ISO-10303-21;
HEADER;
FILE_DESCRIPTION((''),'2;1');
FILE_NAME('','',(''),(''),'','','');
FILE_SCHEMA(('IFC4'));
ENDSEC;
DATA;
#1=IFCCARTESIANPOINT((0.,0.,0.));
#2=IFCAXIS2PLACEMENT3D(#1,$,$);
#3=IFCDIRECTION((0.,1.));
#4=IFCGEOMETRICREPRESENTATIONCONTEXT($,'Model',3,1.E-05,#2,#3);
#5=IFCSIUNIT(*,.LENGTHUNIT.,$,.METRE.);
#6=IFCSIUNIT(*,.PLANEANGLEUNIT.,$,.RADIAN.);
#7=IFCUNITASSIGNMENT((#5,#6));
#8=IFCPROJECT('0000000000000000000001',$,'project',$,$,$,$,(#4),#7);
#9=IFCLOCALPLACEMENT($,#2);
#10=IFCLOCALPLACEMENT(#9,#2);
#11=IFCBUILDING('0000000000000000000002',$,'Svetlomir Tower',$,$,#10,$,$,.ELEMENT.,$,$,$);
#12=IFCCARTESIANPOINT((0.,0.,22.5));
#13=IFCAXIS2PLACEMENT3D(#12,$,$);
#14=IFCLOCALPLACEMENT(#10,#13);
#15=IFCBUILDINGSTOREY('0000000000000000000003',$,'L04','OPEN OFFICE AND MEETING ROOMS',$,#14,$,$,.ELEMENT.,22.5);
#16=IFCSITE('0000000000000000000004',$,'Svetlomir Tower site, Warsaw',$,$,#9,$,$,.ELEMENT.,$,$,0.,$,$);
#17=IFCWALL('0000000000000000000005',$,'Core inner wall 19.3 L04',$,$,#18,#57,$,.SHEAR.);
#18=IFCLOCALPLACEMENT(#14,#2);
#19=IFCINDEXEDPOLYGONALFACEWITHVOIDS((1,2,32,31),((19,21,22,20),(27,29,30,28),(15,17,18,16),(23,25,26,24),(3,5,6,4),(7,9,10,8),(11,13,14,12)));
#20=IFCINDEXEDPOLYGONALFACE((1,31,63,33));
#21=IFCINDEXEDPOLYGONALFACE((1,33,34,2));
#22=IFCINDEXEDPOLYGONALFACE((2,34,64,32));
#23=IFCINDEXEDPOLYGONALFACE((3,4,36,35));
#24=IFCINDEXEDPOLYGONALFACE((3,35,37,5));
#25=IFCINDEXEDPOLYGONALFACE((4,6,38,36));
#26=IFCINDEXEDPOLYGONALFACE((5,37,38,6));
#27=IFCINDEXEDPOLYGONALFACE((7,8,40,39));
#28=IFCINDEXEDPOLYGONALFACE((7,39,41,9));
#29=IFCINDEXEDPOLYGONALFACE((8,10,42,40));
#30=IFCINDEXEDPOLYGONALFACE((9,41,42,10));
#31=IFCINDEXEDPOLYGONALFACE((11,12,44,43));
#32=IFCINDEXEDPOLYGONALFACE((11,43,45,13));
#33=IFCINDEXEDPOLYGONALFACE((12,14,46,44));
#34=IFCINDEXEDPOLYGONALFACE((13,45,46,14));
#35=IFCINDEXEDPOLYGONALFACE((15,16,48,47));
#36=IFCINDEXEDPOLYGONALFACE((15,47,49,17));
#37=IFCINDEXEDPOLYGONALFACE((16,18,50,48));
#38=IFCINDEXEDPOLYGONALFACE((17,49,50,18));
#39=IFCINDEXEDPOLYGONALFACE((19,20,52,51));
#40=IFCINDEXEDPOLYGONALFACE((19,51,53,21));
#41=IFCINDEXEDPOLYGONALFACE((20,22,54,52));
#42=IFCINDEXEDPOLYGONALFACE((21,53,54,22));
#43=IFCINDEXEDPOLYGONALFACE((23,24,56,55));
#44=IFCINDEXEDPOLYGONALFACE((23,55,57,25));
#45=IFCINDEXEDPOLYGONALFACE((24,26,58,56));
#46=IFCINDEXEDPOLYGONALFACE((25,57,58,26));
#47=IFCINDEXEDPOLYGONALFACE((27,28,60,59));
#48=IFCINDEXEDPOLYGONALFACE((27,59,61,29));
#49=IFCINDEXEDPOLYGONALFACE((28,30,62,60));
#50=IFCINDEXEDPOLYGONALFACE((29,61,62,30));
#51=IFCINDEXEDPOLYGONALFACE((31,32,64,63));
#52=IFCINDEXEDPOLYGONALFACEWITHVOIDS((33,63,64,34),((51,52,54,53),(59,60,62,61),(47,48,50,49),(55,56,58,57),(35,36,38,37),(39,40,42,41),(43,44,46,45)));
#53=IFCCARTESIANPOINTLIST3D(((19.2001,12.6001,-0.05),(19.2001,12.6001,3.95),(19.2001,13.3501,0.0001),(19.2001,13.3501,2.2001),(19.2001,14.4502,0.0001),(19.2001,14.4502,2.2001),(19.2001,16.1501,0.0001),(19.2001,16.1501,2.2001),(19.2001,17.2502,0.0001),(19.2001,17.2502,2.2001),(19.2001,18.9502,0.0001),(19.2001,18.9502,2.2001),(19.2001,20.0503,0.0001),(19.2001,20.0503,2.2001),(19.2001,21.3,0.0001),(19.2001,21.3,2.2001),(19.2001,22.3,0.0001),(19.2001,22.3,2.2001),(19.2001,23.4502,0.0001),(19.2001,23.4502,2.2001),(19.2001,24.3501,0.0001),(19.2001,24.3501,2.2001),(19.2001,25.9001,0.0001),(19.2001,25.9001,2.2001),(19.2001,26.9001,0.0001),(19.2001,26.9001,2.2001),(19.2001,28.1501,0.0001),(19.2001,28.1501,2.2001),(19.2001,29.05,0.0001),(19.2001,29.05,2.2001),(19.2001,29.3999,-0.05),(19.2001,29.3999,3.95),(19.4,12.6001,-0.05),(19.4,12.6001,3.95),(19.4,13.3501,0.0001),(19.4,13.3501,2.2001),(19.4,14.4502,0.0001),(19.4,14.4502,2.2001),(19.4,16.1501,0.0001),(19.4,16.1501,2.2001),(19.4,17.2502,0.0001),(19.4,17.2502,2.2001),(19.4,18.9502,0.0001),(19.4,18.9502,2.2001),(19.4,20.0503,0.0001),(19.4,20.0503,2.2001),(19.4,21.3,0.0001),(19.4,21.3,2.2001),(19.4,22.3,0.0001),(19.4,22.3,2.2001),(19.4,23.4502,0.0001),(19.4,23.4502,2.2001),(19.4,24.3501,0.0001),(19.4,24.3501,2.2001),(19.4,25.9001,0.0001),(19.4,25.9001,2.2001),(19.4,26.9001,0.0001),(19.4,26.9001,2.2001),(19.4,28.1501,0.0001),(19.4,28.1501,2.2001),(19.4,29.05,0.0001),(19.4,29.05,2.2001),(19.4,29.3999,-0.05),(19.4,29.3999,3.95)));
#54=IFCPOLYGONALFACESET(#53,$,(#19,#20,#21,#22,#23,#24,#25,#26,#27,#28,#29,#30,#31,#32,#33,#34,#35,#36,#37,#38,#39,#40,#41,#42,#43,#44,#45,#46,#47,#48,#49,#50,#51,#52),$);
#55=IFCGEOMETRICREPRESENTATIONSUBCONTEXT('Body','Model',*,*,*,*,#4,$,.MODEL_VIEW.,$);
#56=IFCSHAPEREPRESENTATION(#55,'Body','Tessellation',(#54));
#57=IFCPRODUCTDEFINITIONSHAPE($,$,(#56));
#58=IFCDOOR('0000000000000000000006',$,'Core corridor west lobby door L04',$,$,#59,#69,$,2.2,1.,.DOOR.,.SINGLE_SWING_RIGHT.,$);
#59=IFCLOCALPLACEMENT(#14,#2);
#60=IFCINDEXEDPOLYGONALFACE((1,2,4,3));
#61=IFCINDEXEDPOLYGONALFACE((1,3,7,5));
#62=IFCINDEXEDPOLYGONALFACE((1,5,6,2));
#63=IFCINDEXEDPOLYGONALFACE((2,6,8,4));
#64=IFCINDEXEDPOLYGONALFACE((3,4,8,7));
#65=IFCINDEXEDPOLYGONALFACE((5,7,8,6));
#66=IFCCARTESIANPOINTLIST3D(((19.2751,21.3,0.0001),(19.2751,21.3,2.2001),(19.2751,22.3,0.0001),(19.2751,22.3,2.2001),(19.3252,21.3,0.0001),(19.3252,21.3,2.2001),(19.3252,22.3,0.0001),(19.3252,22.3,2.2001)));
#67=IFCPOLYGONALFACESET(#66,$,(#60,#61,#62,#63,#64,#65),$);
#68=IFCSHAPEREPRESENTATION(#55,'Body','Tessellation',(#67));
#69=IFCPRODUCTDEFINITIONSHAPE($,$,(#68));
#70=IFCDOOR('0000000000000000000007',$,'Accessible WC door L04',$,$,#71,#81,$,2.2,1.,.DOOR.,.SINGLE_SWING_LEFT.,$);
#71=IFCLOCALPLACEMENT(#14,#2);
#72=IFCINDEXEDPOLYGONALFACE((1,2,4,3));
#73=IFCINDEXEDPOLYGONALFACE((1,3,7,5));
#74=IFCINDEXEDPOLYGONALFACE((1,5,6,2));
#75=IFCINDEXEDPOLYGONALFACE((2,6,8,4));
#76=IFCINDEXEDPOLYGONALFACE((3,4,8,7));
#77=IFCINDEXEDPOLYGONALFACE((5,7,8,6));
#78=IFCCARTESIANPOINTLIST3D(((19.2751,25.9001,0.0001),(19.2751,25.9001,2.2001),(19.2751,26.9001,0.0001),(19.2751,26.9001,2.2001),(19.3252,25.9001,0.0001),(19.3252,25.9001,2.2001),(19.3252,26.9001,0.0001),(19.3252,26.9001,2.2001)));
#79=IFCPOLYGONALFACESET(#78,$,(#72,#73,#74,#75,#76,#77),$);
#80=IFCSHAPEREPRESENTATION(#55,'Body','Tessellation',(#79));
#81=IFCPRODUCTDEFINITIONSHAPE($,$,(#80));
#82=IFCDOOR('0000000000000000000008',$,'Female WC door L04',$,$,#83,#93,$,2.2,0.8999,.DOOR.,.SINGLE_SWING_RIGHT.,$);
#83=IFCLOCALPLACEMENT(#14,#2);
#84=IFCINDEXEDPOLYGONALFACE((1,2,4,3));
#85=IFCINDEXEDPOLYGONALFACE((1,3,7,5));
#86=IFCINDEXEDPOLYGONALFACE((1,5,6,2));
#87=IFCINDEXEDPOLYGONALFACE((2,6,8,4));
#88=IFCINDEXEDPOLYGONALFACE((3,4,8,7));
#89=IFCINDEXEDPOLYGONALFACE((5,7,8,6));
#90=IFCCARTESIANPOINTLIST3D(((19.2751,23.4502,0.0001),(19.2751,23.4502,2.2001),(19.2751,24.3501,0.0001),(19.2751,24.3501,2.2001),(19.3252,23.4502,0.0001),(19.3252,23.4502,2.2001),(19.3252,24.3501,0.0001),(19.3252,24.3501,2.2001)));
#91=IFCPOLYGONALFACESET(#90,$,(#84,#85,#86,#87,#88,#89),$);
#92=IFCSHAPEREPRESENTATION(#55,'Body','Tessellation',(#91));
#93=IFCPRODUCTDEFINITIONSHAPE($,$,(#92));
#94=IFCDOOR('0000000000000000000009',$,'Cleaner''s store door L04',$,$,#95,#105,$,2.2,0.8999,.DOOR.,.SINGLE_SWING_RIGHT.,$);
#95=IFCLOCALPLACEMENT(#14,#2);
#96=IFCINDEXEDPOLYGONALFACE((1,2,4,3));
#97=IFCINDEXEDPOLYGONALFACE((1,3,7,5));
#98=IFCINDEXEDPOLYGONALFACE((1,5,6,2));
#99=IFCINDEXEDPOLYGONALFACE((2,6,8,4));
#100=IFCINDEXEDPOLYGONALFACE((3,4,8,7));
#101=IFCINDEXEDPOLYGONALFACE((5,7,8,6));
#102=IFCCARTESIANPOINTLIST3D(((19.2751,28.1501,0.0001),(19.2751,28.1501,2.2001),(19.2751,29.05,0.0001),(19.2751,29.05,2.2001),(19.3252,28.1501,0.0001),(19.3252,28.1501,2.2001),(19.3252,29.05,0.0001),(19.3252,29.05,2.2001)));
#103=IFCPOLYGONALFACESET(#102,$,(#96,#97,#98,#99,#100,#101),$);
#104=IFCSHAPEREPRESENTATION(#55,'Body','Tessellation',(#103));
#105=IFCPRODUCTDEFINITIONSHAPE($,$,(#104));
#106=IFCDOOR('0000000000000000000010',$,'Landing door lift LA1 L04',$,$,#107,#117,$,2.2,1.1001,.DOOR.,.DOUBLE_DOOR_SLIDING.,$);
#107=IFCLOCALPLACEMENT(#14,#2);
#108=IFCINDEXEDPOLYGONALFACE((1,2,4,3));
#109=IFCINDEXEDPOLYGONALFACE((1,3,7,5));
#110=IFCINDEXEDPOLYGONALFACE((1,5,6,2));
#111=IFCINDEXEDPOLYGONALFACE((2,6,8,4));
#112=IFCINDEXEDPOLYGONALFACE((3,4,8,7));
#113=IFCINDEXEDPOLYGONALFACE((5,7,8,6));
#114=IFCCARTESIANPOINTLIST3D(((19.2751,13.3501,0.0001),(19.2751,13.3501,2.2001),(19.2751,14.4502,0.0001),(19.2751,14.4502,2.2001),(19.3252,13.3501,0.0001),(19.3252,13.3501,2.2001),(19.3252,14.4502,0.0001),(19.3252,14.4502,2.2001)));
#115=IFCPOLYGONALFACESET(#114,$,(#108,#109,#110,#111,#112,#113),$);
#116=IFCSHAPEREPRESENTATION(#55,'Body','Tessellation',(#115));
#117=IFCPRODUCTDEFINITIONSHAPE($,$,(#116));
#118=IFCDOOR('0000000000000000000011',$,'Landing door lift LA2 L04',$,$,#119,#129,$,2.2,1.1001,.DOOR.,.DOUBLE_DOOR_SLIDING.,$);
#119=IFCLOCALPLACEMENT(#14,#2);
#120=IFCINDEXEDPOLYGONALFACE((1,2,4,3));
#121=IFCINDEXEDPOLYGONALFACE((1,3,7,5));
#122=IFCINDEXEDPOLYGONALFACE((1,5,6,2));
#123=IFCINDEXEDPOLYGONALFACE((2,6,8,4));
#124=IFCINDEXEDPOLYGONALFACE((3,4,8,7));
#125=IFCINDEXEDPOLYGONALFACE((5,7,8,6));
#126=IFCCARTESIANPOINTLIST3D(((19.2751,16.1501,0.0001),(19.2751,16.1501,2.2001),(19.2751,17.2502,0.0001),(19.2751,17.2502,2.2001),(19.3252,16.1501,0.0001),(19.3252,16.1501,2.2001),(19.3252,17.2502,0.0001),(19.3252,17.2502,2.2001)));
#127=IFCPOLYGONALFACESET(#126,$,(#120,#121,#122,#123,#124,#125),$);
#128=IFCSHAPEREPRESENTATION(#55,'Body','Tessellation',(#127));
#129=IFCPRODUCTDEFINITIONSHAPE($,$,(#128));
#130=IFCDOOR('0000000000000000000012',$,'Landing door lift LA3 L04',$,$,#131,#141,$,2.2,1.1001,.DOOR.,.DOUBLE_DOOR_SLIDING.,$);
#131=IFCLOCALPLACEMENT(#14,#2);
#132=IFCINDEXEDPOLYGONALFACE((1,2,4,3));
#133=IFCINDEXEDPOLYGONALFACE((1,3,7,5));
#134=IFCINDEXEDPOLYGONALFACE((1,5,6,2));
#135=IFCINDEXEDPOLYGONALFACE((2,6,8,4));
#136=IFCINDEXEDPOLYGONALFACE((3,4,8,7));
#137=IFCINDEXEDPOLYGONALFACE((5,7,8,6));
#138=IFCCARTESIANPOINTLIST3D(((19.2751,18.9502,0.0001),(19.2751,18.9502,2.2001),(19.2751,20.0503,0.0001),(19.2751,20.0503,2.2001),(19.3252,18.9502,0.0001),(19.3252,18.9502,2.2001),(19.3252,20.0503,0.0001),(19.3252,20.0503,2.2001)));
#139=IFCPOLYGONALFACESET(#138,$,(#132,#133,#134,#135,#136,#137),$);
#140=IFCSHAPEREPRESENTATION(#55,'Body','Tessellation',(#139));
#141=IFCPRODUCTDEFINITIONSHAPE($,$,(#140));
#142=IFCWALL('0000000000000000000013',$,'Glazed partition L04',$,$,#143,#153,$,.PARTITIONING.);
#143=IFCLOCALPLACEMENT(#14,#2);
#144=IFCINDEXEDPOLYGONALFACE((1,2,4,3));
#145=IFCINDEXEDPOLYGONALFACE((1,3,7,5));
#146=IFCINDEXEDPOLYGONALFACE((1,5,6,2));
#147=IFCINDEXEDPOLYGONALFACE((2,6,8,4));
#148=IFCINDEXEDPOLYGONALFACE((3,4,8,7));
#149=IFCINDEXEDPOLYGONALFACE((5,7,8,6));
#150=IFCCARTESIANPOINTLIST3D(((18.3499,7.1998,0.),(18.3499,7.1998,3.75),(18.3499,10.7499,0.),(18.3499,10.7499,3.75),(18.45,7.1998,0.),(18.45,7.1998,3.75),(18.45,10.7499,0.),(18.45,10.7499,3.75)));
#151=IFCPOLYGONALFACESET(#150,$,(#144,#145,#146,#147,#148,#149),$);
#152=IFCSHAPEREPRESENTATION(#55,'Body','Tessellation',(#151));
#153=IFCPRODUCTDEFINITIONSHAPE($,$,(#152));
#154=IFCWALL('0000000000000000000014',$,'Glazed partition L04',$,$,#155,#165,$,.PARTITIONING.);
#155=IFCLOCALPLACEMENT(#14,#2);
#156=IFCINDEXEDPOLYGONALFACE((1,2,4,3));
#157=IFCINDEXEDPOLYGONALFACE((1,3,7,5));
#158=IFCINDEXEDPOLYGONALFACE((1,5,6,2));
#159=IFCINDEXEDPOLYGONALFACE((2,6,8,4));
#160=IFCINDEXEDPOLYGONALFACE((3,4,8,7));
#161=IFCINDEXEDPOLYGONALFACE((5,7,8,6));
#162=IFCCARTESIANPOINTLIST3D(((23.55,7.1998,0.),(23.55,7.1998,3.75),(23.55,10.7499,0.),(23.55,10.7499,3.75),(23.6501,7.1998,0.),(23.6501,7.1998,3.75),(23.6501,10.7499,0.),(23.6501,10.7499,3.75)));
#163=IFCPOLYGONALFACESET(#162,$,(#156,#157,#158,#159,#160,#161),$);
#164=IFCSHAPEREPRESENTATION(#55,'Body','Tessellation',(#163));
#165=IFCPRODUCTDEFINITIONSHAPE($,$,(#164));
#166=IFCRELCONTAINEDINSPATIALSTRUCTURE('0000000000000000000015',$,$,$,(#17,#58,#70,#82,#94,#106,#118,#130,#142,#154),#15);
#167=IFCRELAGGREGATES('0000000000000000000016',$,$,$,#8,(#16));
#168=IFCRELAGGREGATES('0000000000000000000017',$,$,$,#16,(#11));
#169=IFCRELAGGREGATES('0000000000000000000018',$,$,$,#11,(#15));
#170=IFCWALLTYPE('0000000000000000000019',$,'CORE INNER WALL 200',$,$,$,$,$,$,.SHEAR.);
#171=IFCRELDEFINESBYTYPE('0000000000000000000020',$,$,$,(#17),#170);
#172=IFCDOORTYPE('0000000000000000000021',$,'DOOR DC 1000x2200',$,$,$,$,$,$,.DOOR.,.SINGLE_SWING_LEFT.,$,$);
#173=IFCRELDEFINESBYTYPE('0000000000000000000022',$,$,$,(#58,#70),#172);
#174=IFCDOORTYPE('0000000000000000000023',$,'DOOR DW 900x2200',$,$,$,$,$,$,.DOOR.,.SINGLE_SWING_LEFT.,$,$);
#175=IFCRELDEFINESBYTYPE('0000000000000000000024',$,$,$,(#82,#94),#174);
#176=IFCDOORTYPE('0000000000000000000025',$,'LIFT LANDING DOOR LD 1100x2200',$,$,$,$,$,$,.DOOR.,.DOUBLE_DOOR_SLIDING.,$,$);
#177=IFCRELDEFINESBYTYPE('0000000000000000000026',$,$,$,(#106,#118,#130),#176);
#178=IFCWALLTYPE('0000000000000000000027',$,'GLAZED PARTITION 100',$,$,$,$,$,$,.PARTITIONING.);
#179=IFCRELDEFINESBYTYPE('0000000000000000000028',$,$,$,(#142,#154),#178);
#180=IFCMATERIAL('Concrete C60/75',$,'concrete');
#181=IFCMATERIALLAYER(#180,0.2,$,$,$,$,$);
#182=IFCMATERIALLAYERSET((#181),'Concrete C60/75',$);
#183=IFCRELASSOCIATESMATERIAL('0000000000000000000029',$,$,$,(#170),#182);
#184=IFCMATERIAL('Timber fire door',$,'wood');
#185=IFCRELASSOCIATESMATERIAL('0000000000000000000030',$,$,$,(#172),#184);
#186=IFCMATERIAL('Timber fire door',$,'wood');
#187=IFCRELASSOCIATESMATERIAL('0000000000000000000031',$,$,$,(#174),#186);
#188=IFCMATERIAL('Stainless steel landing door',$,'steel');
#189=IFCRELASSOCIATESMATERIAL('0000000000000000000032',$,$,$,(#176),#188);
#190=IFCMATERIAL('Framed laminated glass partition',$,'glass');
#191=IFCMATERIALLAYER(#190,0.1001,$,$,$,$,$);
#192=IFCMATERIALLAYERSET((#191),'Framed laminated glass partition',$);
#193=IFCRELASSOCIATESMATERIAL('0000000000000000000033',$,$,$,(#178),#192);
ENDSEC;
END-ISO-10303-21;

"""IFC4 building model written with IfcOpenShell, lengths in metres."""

from ifc_helpers import new_model, si_unit, direction, frame, frame_2d, origin, place, context, subcontext, project, spatial, rectangle, extrude, material, layer, layer_set, type_object, element, fill, save


model = new_model("IFC4")

# Units and contexts
model_context = context("Model", 3, precision=1e-05, world=origin(), true_north=direction((0.0, 1.0)))
body_context = subcontext(model_context, "Body", "Model", "MODEL_VIEW")
ifc_project = project(units=[si_unit("LENGTHUNIT", "METRE"), si_unit("PLANEANGLEUNIT", "RADIAN")], contexts=[model_context])

# Site, building, storey
site_placement = place(None, origin())
site = spatial("IfcSite", under=ifc_project, at=site_placement, Name="Svetlomir Tower site, Warsaw", CompositionType="ELEMENT", RefElevation=0.0)
building_placement = place(site_placement, origin())
building = spatial("IfcBuilding", under=site, at=building_placement, Name="Svetlomir Tower", CompositionType="ELEMENT")
storey_placement = place(building_placement, frame((0.0, 0.0, 22.5)))
storey = spatial("IfcBuildingStorey", under=building, at=storey_placement, Name="L04", Description="OPEN OFFICE AND MEETING ROOMS", CompositionType="ELEMENT", Elevation=22.5)

# Shared definitions
ifc_material_1 = material(Name="Concrete C60/75", Category="concrete")
ifc_layer_1 = layer(ifc_material_1, 0.2)
ifc_layer_set_1 = layer_set([ifc_layer_1], Name="Concrete C60/75")
wall_type_1 = type_object("IfcWallType", Name="CORE INNER WALL 200", PredefinedType="SHEAR", material=ifc_layer_set_1)

# Wall, openings, doors
wall_1_placement = place(storey_placement, frame((19.3, 12.6001, -0.05), z_axis=(0.0, 0.0, 1.0), x_axis=(0.0, 1.0, 0.0)))
wall_1 = element("IfcWall", 1, at=wall_1_placement, inside=storey, type_object=wall_type_1, Name="Core inner wall 19.3 L04", PredefinedType="SHEAR", context=body_context, shape_type="SweptSolid", body=[
    extrude(rectangle(XDim=16.7998, YDim=0.2, at=frame_2d((8.3999, 0.0))), origin(), (0.0, 0.0, 1.0), 4.0),
])
opening_1_placement = place(wall_1_placement, frame((8.7, 0.0, 0.05)))
opening_1 = element("IfcOpeningElement", 2, at=opening_1_placement, cuts=wall_1, PredefinedType="OPENING", context=body_context, shape_type="SweptSolid", body=[
    extrude(rectangle(XDim=1.0, YDim=2.2, at=frame_2d((0.5, 1.1001))), frame((0.0, 0.1099, 0.0), z_axis=(0.0, -1.0, 0.0), x_axis=(1.0, 0.0, 0.0)), (0.0, 0.0, 1.0), 0.22),
])
opening_2_placement = place(wall_1_placement, frame((10.8501, 0.0, 0.05)))
opening_2 = element("IfcOpeningElement", 3, at=opening_2_placement, cuts=wall_1, PredefinedType="OPENING", context=body_context, shape_type="SweptSolid", body=[
    extrude(rectangle(XDim=0.8999, YDim=2.2, at=frame_2d((0.45, 1.1001))), frame((0.0, 0.1099, 0.0), z_axis=(0.0, -1.0, 0.0), x_axis=(1.0, 0.0, 0.0)), (0.0, 0.0, 1.0), 0.22),
])
opening_3_placement = place(wall_1_placement, frame((13.3, 0.0, 0.05)))
opening_3 = element("IfcOpeningElement", 4, at=opening_3_placement, cuts=wall_1, PredefinedType="OPENING", context=body_context, shape_type="SweptSolid", body=[
    extrude(rectangle(XDim=1.0, YDim=2.2, at=frame_2d((0.5, 1.1001))), frame((0.0, 0.1099, 0.0), z_axis=(0.0, -1.0, 0.0), x_axis=(1.0, 0.0, 0.0)), (0.0, 0.0, 1.0), 0.22),
])
opening_4_placement = place(wall_1_placement, frame((15.55, 0.0, 0.05)))
opening_4 = element("IfcOpeningElement", 5, at=opening_4_placement, cuts=wall_1, PredefinedType="OPENING", context=body_context, shape_type="SweptSolid", body=[
    extrude(rectangle(XDim=0.8999, YDim=2.2, at=frame_2d((0.45, 1.1001))), frame((0.0, 0.1099, 0.0), z_axis=(0.0, -1.0, 0.0), x_axis=(1.0, 0.0, 0.0)), (0.0, 0.0, 1.0), 0.22),
])
opening_5_placement = place(wall_1_placement, frame((0.75, 0.0, 0.05)))
opening_5 = element("IfcOpeningElement", 6, at=opening_5_placement, cuts=wall_1, PredefinedType="OPENING", context=body_context, shape_type="SweptSolid", body=[
    extrude(rectangle(XDim=1.1001, YDim=2.2, at=frame_2d((0.55, 1.1001))), frame((0.0, 0.1099, 0.0), z_axis=(0.0, -1.0, 0.0), x_axis=(1.0, 0.0, 0.0)), (0.0, 0.0, 1.0), 0.22),
])
opening_6_placement = place(wall_1_placement, frame((3.55, 0.0, 0.05)))
opening_6 = element("IfcOpeningElement", 7, at=opening_6_placement, cuts=wall_1, PredefinedType="OPENING", context=body_context, shape_type="SweptSolid", body=[
    extrude(rectangle(XDim=1.1001, YDim=2.2, at=frame_2d((0.55, 1.1001))), frame((0.0, 0.1099, 0.0), z_axis=(0.0, -1.0, 0.0), x_axis=(1.0, 0.0, 0.0)), (0.0, 0.0, 1.0), 0.22),
])
opening_7_placement = place(wall_1_placement, frame((6.3501, 0.0, 0.05)))
opening_7 = element("IfcOpeningElement", 8, at=opening_7_placement, cuts=wall_1, PredefinedType="OPENING", context=body_context, shape_type="SweptSolid", body=[
    extrude(rectangle(XDim=1.1001, YDim=2.2, at=frame_2d((0.55, 1.1001))), frame((0.0, 0.1099, 0.0), z_axis=(0.0, -1.0, 0.0), x_axis=(1.0, 0.0, 0.0)), (0.0, 0.0, 1.0), 0.22),
])
ifc_material_2 = material(Name="Timber fire door", Category="wood")
door_type_1 = type_object("IfcDoorType", Name="DOOR DC 1000x2200", OperationType="SINGLE_SWING_LEFT", PredefinedType="DOOR", material=ifc_material_2)
door_1_placement = place(opening_1_placement, origin())
door_1 = element("IfcDoor", 9, at=door_1_placement, inside=storey, type_object=door_type_1, Name="Core corridor west lobby door L04", OperationType="SINGLE_SWING_RIGHT", OverallHeight=2.2, OverallWidth=1.0, PredefinedType="DOOR", context=body_context, shape_type="SweptSolid", body=[
    extrude(rectangle(XDim=1.0, YDim=2.2, at=frame_2d((0.5, 1.1001))), frame((0.0, 0.0249, 0.0), z_axis=(0.0, -1.0, 0.0), x_axis=(1.0, 0.0, 0.0)), (0.0, 0.0, 1.0), 0.05),
])
fill(opening_1, door_1)
door_2_placement = place(opening_3_placement, origin())
door_2 = element("IfcDoor", 10, at=door_2_placement, inside=storey, type_object=door_type_1, Name="Accessible WC door L04", OperationType="SINGLE_SWING_LEFT", OverallHeight=2.2, OverallWidth=1.0, PredefinedType="DOOR", context=body_context, shape_type="SweptSolid", body=[
    extrude(rectangle(XDim=1.0, YDim=2.2, at=frame_2d((0.5, 1.1001))), frame((0.0, 0.0249, 0.0), z_axis=(0.0, -1.0, 0.0), x_axis=(1.0, 0.0, 0.0)), (0.0, 0.0, 1.0), 0.05),
])
fill(opening_3, door_2)
ifc_material_3 = material(Name="Timber fire door", Category="wood")
door_type_2 = type_object("IfcDoorType", Name="DOOR DW 900x2200", OperationType="SINGLE_SWING_LEFT", PredefinedType="DOOR", material=ifc_material_3)
door_3_placement = place(opening_2_placement, origin())
door_3 = element("IfcDoor", 11, at=door_3_placement, inside=storey, type_object=door_type_2, Name="Female WC door L04", OperationType="SINGLE_SWING_RIGHT", OverallHeight=2.2, OverallWidth=0.8999, PredefinedType="DOOR", context=body_context, shape_type="SweptSolid", body=[
    extrude(rectangle(XDim=0.8999, YDim=2.2, at=frame_2d((0.45, 1.1001))), frame((0.0, 0.0249, 0.0), z_axis=(0.0, -1.0, 0.0), x_axis=(1.0, 0.0, 0.0)), (0.0, 0.0, 1.0), 0.05),
])
fill(opening_2, door_3)
door_4_placement = place(opening_4_placement, origin())
door_4 = element("IfcDoor", 12, at=door_4_placement, inside=storey, type_object=door_type_2, Name="Cleaner's store door L04", OperationType="SINGLE_SWING_RIGHT", OverallHeight=2.2, OverallWidth=0.8999, PredefinedType="DOOR", context=body_context, shape_type="SweptSolid", body=[
    extrude(rectangle(XDim=0.8999, YDim=2.2, at=frame_2d((0.45, 1.1001))), frame((0.0, 0.0249, 0.0), z_axis=(0.0, -1.0, 0.0), x_axis=(1.0, 0.0, 0.0)), (0.0, 0.0, 1.0), 0.05),
])
fill(opening_4, door_4)
ifc_material_4 = material(Name="Stainless steel landing door", Category="steel")
door_type_3 = type_object("IfcDoorType", Name="LIFT LANDING DOOR LD 1100x2200", OperationType="DOUBLE_DOOR_SLIDING", PredefinedType="DOOR", material=ifc_material_4)
door_5_placement = place(opening_5_placement, origin())
door_5 = element("IfcDoor", 13, at=door_5_placement, inside=storey, type_object=door_type_3, Name="Landing door lift LA1 L04", OperationType="DOUBLE_DOOR_SLIDING", OverallHeight=2.2, OverallWidth=1.1001, PredefinedType="DOOR", context=body_context, shape_type="SweptSolid", body=[
    extrude(rectangle(XDim=1.1001, YDim=2.2, at=frame_2d((0.55, 1.1001))), frame((0.0, 0.0249, 0.0), z_axis=(0.0, -1.0, 0.0), x_axis=(1.0, 0.0, 0.0)), (0.0, 0.0, 1.0), 0.05),
])
fill(opening_5, door_5)
door_6_placement = place(opening_6_placement, origin())
door_6 = element("IfcDoor", 14, at=door_6_placement, inside=storey, type_object=door_type_3, Name="Landing door lift LA2 L04", OperationType="DOUBLE_DOOR_SLIDING", OverallHeight=2.2, OverallWidth=1.1001, PredefinedType="DOOR", context=body_context, shape_type="SweptSolid", body=[
    extrude(rectangle(XDim=1.1001, YDim=2.2, at=frame_2d((0.55, 1.1001))), frame((0.0, 0.0249, 0.0), z_axis=(0.0, -1.0, 0.0), x_axis=(1.0, 0.0, 0.0)), (0.0, 0.0, 1.0), 0.05),
])
fill(opening_6, door_6)
door_7_placement = place(opening_7_placement, origin())
door_7 = element("IfcDoor", 15, at=door_7_placement, inside=storey, type_object=door_type_3, Name="Landing door lift LA3 L04", OperationType="DOUBLE_DOOR_SLIDING", OverallHeight=2.2, OverallWidth=1.1001, PredefinedType="DOOR", context=body_context, shape_type="SweptSolid", body=[
    extrude(rectangle(XDim=1.1001, YDim=2.2, at=frame_2d((0.55, 1.1001))), frame((0.0, 0.0249, 0.0), z_axis=(0.0, -1.0, 0.0), x_axis=(1.0, 0.0, 0.0)), (0.0, 0.0, 1.0), 0.05),
])
fill(opening_7, door_7)

# Walls
ifc_material_5 = material(Name="Framed laminated glass partition", Category="glass")
ifc_layer_2 = layer(ifc_material_5, 0.1001)
ifc_layer_set_2 = layer_set([ifc_layer_2], Name="Framed laminated glass partition")
wall_type_2 = type_object("IfcWallType", Name="GLAZED PARTITION 100", PredefinedType="PARTITIONING", material=ifc_layer_set_2)
for number, where, z_axis, x_axis, name in (
    (16, (18.3999, 7.2, 0.0), (0.0, 0.0, 1.0), (0.0, 1.0, 0.0), "Glazed partition L04"),
    (17, (23.6001, 7.2, 0.0), (0.0, 0.0, 1.0), (0.0, 1.0, 0.0), "Glazed partition L04"),
):
    element("IfcWall", number, at=place(storey_placement, frame(where, z_axis=z_axis, x_axis=x_axis)), inside=storey, type_object=wall_type_2, Name=name, PredefinedType="PARTITIONING", context=body_context, shape_type="SweptSolid", body=[
        extrude(rectangle(XDim=3.55, YDim=0.1001, at=frame_2d((1.7749, 0.0))), origin(), (0.0, 0.0, 1.0), 3.75),
    ])

save(model, "model.ifc")
